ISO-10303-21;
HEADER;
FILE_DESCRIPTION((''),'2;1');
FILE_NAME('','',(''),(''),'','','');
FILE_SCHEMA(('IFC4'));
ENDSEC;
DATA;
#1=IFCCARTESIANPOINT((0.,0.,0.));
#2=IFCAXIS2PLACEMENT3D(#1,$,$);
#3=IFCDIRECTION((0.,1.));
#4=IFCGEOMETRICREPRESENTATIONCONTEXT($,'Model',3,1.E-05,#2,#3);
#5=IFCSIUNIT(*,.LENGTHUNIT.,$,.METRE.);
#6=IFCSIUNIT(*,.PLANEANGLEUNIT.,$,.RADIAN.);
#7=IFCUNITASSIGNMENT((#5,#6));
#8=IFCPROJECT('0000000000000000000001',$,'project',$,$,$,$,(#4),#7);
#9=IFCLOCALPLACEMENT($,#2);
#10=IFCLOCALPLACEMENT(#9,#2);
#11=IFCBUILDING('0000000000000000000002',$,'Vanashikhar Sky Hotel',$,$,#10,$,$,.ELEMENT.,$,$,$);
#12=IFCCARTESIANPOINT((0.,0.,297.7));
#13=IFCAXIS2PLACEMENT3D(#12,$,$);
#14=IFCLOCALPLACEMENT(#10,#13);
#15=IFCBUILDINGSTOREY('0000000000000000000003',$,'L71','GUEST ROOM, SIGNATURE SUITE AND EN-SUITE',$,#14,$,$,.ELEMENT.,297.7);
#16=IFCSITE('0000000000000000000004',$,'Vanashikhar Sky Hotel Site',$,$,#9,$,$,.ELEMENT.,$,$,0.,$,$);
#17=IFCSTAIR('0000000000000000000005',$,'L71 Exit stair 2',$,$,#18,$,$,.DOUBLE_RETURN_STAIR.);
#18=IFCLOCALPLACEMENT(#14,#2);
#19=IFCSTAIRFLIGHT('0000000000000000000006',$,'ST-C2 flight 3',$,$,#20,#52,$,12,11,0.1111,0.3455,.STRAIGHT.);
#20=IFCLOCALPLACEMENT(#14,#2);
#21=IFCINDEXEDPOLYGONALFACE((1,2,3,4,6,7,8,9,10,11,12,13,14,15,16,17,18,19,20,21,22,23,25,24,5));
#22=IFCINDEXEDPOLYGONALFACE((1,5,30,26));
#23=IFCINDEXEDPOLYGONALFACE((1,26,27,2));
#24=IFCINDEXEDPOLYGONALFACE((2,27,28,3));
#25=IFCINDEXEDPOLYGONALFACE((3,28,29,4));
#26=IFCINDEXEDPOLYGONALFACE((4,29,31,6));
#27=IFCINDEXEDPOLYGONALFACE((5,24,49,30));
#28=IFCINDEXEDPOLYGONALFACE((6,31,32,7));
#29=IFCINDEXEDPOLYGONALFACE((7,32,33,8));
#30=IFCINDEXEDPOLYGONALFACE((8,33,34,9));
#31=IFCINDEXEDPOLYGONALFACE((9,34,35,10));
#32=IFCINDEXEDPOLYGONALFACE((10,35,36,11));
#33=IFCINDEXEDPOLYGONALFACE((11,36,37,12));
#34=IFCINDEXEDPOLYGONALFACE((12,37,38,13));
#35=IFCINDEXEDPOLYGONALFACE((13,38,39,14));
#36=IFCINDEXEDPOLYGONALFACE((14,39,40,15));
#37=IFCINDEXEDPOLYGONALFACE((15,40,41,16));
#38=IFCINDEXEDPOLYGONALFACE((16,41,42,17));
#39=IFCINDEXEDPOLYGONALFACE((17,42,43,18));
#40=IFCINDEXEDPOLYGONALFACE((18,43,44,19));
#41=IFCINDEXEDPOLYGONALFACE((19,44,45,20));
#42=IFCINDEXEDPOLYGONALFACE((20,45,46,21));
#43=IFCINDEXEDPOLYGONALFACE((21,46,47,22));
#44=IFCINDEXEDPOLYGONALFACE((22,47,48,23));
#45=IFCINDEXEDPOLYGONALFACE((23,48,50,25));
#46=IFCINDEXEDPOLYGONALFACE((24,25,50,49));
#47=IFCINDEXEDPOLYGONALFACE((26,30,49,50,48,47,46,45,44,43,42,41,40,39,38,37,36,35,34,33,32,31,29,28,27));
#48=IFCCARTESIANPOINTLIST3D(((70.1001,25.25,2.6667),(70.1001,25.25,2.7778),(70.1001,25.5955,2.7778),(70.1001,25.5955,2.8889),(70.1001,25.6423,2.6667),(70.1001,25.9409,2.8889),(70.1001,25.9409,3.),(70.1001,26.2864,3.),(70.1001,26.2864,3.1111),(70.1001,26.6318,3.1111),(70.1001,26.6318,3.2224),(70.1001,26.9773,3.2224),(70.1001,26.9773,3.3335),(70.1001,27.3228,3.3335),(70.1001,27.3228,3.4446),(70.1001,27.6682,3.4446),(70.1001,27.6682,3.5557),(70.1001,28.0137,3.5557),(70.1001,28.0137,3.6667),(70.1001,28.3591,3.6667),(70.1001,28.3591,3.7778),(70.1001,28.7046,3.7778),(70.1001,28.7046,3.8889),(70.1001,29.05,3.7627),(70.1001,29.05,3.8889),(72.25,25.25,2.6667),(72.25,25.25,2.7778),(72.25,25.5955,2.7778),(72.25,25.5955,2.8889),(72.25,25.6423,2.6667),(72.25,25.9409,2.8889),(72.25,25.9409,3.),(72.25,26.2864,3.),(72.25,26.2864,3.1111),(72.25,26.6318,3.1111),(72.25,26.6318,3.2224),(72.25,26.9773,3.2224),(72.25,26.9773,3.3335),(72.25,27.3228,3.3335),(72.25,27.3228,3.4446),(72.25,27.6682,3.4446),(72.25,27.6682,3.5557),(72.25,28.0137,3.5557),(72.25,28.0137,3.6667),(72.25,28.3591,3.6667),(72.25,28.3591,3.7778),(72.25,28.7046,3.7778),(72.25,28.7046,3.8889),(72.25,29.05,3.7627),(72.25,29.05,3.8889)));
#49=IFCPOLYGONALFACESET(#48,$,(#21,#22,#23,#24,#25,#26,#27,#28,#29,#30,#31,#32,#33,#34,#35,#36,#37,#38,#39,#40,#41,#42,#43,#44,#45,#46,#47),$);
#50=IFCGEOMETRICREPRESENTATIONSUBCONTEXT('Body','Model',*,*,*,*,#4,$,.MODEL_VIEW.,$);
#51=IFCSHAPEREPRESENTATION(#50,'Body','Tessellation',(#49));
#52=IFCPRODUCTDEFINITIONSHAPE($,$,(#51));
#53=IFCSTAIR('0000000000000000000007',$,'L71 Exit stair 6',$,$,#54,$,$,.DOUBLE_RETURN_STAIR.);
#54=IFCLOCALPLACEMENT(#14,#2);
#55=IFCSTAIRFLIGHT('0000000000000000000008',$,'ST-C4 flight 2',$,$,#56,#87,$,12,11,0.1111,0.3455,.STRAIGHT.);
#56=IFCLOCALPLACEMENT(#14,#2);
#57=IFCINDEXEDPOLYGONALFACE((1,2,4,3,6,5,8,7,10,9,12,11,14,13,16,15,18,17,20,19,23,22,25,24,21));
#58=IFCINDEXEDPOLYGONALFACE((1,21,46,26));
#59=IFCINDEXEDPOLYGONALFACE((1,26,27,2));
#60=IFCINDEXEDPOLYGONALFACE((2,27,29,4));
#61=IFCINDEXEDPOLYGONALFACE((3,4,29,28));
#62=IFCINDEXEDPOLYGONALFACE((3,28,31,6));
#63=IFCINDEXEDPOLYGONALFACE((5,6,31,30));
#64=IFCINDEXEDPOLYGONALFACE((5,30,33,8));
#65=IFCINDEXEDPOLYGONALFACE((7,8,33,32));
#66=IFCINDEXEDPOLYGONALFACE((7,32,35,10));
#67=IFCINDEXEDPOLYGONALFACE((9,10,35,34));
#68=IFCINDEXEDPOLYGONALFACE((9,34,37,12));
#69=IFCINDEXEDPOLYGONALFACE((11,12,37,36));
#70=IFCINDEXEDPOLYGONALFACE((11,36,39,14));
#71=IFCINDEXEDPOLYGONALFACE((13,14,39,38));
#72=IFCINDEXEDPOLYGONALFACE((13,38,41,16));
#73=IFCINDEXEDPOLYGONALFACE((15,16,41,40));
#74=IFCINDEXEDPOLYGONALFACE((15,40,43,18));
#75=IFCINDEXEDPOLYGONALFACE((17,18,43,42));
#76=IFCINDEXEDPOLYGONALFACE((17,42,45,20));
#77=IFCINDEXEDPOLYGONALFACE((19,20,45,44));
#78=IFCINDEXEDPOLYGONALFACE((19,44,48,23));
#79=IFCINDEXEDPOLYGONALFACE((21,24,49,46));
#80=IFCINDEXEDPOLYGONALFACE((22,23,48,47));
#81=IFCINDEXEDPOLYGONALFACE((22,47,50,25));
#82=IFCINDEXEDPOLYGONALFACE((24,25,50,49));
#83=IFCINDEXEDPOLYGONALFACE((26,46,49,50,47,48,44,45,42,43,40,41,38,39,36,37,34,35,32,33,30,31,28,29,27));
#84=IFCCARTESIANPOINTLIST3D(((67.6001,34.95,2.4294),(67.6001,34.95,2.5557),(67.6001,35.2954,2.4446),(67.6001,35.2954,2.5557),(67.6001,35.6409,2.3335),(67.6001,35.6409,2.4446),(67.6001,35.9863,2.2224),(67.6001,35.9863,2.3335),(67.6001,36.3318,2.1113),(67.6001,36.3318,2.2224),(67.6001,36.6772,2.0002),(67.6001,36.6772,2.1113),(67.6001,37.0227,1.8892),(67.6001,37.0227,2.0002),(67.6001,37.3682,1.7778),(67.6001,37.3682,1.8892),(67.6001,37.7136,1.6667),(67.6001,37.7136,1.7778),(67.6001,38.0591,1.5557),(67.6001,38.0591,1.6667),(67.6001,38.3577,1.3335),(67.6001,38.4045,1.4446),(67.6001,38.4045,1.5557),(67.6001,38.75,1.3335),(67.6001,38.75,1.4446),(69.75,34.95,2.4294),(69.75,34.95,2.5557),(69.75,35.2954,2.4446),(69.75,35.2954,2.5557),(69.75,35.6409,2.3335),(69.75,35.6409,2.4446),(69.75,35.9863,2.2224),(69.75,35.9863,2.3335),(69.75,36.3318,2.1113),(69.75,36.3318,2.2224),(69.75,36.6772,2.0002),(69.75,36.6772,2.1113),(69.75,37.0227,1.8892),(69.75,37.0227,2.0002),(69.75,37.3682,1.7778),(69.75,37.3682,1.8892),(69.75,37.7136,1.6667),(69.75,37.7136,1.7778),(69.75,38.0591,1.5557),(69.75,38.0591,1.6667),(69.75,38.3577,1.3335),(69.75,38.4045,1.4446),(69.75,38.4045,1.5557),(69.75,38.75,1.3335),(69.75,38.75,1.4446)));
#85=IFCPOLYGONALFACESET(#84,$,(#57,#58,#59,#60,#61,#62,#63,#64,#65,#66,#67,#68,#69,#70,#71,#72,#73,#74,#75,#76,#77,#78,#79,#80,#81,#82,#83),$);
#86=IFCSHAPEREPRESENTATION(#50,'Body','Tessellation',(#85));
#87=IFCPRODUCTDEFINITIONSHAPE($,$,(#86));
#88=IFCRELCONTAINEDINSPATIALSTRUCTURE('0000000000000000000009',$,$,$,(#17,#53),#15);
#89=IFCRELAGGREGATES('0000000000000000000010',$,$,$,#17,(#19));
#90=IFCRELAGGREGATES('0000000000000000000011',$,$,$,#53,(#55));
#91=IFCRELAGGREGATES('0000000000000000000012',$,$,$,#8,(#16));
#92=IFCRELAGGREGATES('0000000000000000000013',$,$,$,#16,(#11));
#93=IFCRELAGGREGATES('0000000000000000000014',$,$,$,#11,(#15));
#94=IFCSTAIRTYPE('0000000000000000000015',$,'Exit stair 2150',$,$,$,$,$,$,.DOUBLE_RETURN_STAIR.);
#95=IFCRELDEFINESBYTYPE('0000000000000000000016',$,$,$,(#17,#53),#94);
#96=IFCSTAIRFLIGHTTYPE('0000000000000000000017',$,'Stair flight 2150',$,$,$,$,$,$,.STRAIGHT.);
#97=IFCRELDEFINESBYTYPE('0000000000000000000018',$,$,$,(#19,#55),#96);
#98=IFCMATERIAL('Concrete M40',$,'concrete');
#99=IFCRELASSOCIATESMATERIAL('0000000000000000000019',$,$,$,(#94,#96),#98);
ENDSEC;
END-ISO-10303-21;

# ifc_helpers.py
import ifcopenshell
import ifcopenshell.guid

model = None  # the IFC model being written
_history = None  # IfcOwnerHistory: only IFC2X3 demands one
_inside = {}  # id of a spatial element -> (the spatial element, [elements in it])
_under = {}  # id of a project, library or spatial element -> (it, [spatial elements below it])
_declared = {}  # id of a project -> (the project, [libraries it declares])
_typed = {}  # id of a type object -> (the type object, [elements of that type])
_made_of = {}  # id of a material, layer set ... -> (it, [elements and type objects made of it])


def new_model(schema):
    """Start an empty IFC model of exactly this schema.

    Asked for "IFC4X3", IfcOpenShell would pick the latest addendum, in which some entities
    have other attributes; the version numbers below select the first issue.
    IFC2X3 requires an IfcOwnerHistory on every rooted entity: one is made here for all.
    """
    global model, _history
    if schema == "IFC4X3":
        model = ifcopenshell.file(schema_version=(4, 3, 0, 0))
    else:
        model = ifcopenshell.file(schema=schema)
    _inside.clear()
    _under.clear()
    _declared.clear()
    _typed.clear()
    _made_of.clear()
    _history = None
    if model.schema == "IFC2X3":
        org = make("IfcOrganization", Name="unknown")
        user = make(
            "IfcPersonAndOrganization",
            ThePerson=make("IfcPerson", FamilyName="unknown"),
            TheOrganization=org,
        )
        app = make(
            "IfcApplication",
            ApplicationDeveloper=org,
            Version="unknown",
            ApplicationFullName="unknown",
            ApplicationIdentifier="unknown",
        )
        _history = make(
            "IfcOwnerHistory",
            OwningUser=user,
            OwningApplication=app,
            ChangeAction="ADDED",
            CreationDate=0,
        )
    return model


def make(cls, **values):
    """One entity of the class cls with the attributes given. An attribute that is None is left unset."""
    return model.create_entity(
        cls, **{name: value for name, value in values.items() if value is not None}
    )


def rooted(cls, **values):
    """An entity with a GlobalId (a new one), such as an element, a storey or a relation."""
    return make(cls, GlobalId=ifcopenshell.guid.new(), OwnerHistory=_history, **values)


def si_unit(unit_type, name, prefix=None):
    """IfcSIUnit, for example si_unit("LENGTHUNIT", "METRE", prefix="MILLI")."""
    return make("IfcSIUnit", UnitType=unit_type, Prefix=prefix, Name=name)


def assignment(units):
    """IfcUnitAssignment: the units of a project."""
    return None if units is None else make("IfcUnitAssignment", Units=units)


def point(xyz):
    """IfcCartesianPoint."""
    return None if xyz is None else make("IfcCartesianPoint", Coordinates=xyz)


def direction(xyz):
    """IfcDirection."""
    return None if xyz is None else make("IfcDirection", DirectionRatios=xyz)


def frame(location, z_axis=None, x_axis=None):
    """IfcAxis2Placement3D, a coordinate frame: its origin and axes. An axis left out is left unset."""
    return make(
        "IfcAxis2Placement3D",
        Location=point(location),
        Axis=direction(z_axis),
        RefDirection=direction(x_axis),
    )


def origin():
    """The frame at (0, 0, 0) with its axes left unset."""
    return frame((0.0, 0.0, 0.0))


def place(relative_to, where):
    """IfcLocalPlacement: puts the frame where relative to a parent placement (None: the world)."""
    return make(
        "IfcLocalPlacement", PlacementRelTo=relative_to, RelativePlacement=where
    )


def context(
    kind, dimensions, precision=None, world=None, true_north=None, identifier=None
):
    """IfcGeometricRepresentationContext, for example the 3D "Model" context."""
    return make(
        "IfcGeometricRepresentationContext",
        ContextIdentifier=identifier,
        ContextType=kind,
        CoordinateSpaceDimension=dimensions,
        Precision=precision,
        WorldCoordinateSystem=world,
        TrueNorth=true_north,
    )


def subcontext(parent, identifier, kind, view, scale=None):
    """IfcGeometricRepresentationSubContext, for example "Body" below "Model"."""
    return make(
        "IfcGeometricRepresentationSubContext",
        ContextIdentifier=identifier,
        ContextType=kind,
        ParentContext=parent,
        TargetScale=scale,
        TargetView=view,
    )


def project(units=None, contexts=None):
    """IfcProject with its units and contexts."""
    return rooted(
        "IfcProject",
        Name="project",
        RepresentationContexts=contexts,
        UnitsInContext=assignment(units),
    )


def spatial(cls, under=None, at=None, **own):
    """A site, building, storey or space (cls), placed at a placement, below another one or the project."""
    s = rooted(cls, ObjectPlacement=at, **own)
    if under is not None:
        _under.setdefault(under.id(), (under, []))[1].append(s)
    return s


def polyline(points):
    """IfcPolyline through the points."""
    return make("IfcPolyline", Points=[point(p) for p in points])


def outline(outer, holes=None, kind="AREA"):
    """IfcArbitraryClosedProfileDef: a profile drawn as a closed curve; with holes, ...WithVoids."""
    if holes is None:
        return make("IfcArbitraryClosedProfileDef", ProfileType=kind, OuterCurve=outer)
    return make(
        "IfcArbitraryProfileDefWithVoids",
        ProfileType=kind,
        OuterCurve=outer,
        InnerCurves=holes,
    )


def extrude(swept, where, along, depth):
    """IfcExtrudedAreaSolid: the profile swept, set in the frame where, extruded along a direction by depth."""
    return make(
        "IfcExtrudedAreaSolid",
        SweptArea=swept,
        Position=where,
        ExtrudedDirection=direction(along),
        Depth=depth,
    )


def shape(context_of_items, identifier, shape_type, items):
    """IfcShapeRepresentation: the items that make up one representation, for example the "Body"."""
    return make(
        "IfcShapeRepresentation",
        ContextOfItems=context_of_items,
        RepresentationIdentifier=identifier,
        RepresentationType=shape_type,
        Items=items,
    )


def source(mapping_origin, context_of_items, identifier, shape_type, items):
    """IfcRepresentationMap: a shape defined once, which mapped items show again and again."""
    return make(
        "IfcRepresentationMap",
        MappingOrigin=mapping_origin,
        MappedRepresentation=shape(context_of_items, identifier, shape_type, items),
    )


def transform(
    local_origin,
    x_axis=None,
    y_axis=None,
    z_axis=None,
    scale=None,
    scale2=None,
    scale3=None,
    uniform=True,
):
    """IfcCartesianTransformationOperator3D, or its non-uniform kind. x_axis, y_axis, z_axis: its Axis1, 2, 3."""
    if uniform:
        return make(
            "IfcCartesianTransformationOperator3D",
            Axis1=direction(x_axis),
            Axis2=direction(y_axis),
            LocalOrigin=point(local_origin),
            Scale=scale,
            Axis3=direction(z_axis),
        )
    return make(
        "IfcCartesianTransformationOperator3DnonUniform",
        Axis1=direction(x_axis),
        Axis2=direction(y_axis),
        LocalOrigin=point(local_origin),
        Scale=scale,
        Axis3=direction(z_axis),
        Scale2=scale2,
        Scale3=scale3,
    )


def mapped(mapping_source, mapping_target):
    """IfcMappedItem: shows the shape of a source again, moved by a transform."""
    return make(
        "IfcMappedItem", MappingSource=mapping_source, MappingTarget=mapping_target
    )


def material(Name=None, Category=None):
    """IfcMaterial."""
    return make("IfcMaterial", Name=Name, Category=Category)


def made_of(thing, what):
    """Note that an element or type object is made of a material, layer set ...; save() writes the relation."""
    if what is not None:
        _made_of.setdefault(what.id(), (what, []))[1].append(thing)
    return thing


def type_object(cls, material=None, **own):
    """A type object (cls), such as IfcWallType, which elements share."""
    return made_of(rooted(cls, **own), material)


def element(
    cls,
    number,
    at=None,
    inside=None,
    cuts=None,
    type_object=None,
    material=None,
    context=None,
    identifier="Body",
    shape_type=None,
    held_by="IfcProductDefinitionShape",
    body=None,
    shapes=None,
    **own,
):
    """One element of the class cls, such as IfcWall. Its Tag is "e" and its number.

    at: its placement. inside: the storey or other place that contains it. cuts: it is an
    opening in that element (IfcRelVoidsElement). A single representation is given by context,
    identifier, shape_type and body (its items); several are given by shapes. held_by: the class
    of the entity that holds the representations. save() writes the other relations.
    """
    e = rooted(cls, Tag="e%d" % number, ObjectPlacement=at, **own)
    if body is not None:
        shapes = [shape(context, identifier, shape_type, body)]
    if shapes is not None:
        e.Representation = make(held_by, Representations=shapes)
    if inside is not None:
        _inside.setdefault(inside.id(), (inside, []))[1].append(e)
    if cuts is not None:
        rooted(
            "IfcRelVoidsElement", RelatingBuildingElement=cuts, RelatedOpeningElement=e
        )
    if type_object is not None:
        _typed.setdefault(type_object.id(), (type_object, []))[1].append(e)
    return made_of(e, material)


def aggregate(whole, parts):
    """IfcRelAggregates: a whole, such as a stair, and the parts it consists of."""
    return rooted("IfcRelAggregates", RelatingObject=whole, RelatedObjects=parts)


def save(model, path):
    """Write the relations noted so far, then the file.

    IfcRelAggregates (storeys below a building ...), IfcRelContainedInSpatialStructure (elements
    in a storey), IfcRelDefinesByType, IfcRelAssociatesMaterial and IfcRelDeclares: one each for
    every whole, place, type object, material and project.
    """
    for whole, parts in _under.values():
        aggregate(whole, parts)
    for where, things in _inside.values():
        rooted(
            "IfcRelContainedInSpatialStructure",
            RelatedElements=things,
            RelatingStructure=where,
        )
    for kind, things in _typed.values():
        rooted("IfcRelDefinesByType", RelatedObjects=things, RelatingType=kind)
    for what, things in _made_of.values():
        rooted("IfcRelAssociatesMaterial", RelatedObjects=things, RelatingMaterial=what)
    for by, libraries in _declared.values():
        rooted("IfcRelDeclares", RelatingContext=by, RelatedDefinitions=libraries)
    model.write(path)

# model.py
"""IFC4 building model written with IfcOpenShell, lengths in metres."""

from ifc_helpers import new_model, si_unit, direction, frame, origin, place, context, subcontext, project, spatial, polyline, outline, extrude, source, transform, mapped, material, type_object, element, aggregate, save


model = new_model("IFC4")

# Units and contexts
model_context = context("Model", 3, precision=1e-05, world=origin(), true_north=direction((0.0, 1.0)))
body_context = subcontext(model_context, "Body", "Model", "MODEL_VIEW")
ifc_project = project(units=[si_unit("LENGTHUNIT", "METRE"), si_unit("PLANEANGLEUNIT", "RADIAN")], contexts=[model_context])

# Site, building, storey
site_placement = place(None, origin())
site = spatial("IfcSite", under=ifc_project, at=site_placement, Name="Vanashikhar Sky Hotel Site", CompositionType="ELEMENT", RefElevation=0.0)
building_placement = place(site_placement, origin())
building = spatial("IfcBuilding", under=site, at=building_placement, Name="Vanashikhar Sky Hotel", CompositionType="ELEMENT")
storey_placement = place(building_placement, frame((0.0, 0.0, 297.7)))
storey = spatial("IfcBuildingStorey", under=building, at=storey_placement, Name="L71", Description="GUEST ROOM, SIGNATURE SUITE AND EN-SUITE", CompositionType="ELEMENT", Elevation=297.7)

# Stair, stair flight
ifc_material_1 = material(Name="Concrete M40", Category="concrete")
stair_type = type_object("IfcStairType", Name="Exit stair 2150", PredefinedType="DOUBLE_RETURN_STAIR", material=ifc_material_1)
stair_1_placement = place(storey_placement, origin())
stair_1 = element("IfcStair", 1, at=stair_1_placement, inside=storey, type_object=stair_type, Name="L71 Exit stair 2", PredefinedType="DOUBLE_RETURN_STAIR")
stair_flight_type = type_object("IfcStairFlightType", Name="Stair flight 2150", PredefinedType="STRAIGHT", material=ifc_material_1)
shared_shape_1 = source(origin(), body_context, "Body", "SweptSolid", [
    extrude(outline(polyline([(0.0, 0.0), (0.0, 0.1111), (0.3455, 0.1111), (0.3455, 0.2222), (0.6909, 0.2222), (0.6909, 0.3333), (1.0364, 0.3333), (1.0364, 0.4443), (1.3818, 0.4443), (1.3818, 0.5557), (1.7273, 0.5557), (1.7273, 0.6667), (2.0728, 0.6667), (2.0728, 0.7778), (2.4182, 0.7778), (2.4182, 0.8889), (2.7637, 0.8889), (2.7637, 1.0), (3.1091, 1.0), (3.1091, 1.1111), (3.4546, 1.1111), (3.4546, 1.2222), (3.8, 1.2222), (3.8, 1.3333), (3.8, 1.0959), (0.3923, 0.0), (0.0, 0.0)])), frame((0.0, 1.075, 0.0), z_axis=(0.0, -1.0, 0.0), x_axis=(1.0, 0.0, 0.0)), (0.0, 0.0, 1.0), 2.1499),
])
stair_flight_1_placement = place(storey_placement, frame((71.175, 25.25, 2.6667), z_axis=(0.0, 0.0, 1.0), x_axis=(0.0, 1.0, 0.0)))
stair_flight_1 = element("IfcStairFlight", 2, at=stair_flight_1_placement, type_object=stair_flight_type, Name="ST-C2 flight 3", NumberOfRisers=12, NumberOfTreads=11, PredefinedType="STRAIGHT", RiserHeight=0.1111, TreadLength=0.3455, context=body_context, shape_type="MappedRepresentation", body=[
    mapped(shared_shape_1, transform((0.0, 0.0, 0.0), scale=1.0)),
])
aggregate(stair_1, [stair_flight_1])

# Stair, stair flight
stair_2_placement = place(storey_placement, origin())
stair_2 = element("IfcStair", 3, at=stair_2_placement, inside=storey, type_object=stair_type, Name="L71 Exit stair 6", PredefinedType="DOUBLE_RETURN_STAIR")
stair_flight_2_placement = place(storey_placement, frame((68.675, 38.75, 1.3335), z_axis=(0.0, 0.0, 1.0), x_axis=(0.0, -1.0, 0.0)))
stair_flight_2 = element("IfcStairFlight", 4, at=stair_flight_2_placement, type_object=stair_flight_type, Name="ST-C4 flight 2", NumberOfRisers=12, NumberOfTreads=11, PredefinedType="STRAIGHT", RiserHeight=0.1111, TreadLength=0.3455, context=body_context, shape_type="MappedRepresentation", body=[
    mapped(shared_shape_1, transform((0.0, 0.0, 0.0), scale=1.0)),
])
aggregate(stair_2, [stair_flight_2])

save(model, "model.ifc")
